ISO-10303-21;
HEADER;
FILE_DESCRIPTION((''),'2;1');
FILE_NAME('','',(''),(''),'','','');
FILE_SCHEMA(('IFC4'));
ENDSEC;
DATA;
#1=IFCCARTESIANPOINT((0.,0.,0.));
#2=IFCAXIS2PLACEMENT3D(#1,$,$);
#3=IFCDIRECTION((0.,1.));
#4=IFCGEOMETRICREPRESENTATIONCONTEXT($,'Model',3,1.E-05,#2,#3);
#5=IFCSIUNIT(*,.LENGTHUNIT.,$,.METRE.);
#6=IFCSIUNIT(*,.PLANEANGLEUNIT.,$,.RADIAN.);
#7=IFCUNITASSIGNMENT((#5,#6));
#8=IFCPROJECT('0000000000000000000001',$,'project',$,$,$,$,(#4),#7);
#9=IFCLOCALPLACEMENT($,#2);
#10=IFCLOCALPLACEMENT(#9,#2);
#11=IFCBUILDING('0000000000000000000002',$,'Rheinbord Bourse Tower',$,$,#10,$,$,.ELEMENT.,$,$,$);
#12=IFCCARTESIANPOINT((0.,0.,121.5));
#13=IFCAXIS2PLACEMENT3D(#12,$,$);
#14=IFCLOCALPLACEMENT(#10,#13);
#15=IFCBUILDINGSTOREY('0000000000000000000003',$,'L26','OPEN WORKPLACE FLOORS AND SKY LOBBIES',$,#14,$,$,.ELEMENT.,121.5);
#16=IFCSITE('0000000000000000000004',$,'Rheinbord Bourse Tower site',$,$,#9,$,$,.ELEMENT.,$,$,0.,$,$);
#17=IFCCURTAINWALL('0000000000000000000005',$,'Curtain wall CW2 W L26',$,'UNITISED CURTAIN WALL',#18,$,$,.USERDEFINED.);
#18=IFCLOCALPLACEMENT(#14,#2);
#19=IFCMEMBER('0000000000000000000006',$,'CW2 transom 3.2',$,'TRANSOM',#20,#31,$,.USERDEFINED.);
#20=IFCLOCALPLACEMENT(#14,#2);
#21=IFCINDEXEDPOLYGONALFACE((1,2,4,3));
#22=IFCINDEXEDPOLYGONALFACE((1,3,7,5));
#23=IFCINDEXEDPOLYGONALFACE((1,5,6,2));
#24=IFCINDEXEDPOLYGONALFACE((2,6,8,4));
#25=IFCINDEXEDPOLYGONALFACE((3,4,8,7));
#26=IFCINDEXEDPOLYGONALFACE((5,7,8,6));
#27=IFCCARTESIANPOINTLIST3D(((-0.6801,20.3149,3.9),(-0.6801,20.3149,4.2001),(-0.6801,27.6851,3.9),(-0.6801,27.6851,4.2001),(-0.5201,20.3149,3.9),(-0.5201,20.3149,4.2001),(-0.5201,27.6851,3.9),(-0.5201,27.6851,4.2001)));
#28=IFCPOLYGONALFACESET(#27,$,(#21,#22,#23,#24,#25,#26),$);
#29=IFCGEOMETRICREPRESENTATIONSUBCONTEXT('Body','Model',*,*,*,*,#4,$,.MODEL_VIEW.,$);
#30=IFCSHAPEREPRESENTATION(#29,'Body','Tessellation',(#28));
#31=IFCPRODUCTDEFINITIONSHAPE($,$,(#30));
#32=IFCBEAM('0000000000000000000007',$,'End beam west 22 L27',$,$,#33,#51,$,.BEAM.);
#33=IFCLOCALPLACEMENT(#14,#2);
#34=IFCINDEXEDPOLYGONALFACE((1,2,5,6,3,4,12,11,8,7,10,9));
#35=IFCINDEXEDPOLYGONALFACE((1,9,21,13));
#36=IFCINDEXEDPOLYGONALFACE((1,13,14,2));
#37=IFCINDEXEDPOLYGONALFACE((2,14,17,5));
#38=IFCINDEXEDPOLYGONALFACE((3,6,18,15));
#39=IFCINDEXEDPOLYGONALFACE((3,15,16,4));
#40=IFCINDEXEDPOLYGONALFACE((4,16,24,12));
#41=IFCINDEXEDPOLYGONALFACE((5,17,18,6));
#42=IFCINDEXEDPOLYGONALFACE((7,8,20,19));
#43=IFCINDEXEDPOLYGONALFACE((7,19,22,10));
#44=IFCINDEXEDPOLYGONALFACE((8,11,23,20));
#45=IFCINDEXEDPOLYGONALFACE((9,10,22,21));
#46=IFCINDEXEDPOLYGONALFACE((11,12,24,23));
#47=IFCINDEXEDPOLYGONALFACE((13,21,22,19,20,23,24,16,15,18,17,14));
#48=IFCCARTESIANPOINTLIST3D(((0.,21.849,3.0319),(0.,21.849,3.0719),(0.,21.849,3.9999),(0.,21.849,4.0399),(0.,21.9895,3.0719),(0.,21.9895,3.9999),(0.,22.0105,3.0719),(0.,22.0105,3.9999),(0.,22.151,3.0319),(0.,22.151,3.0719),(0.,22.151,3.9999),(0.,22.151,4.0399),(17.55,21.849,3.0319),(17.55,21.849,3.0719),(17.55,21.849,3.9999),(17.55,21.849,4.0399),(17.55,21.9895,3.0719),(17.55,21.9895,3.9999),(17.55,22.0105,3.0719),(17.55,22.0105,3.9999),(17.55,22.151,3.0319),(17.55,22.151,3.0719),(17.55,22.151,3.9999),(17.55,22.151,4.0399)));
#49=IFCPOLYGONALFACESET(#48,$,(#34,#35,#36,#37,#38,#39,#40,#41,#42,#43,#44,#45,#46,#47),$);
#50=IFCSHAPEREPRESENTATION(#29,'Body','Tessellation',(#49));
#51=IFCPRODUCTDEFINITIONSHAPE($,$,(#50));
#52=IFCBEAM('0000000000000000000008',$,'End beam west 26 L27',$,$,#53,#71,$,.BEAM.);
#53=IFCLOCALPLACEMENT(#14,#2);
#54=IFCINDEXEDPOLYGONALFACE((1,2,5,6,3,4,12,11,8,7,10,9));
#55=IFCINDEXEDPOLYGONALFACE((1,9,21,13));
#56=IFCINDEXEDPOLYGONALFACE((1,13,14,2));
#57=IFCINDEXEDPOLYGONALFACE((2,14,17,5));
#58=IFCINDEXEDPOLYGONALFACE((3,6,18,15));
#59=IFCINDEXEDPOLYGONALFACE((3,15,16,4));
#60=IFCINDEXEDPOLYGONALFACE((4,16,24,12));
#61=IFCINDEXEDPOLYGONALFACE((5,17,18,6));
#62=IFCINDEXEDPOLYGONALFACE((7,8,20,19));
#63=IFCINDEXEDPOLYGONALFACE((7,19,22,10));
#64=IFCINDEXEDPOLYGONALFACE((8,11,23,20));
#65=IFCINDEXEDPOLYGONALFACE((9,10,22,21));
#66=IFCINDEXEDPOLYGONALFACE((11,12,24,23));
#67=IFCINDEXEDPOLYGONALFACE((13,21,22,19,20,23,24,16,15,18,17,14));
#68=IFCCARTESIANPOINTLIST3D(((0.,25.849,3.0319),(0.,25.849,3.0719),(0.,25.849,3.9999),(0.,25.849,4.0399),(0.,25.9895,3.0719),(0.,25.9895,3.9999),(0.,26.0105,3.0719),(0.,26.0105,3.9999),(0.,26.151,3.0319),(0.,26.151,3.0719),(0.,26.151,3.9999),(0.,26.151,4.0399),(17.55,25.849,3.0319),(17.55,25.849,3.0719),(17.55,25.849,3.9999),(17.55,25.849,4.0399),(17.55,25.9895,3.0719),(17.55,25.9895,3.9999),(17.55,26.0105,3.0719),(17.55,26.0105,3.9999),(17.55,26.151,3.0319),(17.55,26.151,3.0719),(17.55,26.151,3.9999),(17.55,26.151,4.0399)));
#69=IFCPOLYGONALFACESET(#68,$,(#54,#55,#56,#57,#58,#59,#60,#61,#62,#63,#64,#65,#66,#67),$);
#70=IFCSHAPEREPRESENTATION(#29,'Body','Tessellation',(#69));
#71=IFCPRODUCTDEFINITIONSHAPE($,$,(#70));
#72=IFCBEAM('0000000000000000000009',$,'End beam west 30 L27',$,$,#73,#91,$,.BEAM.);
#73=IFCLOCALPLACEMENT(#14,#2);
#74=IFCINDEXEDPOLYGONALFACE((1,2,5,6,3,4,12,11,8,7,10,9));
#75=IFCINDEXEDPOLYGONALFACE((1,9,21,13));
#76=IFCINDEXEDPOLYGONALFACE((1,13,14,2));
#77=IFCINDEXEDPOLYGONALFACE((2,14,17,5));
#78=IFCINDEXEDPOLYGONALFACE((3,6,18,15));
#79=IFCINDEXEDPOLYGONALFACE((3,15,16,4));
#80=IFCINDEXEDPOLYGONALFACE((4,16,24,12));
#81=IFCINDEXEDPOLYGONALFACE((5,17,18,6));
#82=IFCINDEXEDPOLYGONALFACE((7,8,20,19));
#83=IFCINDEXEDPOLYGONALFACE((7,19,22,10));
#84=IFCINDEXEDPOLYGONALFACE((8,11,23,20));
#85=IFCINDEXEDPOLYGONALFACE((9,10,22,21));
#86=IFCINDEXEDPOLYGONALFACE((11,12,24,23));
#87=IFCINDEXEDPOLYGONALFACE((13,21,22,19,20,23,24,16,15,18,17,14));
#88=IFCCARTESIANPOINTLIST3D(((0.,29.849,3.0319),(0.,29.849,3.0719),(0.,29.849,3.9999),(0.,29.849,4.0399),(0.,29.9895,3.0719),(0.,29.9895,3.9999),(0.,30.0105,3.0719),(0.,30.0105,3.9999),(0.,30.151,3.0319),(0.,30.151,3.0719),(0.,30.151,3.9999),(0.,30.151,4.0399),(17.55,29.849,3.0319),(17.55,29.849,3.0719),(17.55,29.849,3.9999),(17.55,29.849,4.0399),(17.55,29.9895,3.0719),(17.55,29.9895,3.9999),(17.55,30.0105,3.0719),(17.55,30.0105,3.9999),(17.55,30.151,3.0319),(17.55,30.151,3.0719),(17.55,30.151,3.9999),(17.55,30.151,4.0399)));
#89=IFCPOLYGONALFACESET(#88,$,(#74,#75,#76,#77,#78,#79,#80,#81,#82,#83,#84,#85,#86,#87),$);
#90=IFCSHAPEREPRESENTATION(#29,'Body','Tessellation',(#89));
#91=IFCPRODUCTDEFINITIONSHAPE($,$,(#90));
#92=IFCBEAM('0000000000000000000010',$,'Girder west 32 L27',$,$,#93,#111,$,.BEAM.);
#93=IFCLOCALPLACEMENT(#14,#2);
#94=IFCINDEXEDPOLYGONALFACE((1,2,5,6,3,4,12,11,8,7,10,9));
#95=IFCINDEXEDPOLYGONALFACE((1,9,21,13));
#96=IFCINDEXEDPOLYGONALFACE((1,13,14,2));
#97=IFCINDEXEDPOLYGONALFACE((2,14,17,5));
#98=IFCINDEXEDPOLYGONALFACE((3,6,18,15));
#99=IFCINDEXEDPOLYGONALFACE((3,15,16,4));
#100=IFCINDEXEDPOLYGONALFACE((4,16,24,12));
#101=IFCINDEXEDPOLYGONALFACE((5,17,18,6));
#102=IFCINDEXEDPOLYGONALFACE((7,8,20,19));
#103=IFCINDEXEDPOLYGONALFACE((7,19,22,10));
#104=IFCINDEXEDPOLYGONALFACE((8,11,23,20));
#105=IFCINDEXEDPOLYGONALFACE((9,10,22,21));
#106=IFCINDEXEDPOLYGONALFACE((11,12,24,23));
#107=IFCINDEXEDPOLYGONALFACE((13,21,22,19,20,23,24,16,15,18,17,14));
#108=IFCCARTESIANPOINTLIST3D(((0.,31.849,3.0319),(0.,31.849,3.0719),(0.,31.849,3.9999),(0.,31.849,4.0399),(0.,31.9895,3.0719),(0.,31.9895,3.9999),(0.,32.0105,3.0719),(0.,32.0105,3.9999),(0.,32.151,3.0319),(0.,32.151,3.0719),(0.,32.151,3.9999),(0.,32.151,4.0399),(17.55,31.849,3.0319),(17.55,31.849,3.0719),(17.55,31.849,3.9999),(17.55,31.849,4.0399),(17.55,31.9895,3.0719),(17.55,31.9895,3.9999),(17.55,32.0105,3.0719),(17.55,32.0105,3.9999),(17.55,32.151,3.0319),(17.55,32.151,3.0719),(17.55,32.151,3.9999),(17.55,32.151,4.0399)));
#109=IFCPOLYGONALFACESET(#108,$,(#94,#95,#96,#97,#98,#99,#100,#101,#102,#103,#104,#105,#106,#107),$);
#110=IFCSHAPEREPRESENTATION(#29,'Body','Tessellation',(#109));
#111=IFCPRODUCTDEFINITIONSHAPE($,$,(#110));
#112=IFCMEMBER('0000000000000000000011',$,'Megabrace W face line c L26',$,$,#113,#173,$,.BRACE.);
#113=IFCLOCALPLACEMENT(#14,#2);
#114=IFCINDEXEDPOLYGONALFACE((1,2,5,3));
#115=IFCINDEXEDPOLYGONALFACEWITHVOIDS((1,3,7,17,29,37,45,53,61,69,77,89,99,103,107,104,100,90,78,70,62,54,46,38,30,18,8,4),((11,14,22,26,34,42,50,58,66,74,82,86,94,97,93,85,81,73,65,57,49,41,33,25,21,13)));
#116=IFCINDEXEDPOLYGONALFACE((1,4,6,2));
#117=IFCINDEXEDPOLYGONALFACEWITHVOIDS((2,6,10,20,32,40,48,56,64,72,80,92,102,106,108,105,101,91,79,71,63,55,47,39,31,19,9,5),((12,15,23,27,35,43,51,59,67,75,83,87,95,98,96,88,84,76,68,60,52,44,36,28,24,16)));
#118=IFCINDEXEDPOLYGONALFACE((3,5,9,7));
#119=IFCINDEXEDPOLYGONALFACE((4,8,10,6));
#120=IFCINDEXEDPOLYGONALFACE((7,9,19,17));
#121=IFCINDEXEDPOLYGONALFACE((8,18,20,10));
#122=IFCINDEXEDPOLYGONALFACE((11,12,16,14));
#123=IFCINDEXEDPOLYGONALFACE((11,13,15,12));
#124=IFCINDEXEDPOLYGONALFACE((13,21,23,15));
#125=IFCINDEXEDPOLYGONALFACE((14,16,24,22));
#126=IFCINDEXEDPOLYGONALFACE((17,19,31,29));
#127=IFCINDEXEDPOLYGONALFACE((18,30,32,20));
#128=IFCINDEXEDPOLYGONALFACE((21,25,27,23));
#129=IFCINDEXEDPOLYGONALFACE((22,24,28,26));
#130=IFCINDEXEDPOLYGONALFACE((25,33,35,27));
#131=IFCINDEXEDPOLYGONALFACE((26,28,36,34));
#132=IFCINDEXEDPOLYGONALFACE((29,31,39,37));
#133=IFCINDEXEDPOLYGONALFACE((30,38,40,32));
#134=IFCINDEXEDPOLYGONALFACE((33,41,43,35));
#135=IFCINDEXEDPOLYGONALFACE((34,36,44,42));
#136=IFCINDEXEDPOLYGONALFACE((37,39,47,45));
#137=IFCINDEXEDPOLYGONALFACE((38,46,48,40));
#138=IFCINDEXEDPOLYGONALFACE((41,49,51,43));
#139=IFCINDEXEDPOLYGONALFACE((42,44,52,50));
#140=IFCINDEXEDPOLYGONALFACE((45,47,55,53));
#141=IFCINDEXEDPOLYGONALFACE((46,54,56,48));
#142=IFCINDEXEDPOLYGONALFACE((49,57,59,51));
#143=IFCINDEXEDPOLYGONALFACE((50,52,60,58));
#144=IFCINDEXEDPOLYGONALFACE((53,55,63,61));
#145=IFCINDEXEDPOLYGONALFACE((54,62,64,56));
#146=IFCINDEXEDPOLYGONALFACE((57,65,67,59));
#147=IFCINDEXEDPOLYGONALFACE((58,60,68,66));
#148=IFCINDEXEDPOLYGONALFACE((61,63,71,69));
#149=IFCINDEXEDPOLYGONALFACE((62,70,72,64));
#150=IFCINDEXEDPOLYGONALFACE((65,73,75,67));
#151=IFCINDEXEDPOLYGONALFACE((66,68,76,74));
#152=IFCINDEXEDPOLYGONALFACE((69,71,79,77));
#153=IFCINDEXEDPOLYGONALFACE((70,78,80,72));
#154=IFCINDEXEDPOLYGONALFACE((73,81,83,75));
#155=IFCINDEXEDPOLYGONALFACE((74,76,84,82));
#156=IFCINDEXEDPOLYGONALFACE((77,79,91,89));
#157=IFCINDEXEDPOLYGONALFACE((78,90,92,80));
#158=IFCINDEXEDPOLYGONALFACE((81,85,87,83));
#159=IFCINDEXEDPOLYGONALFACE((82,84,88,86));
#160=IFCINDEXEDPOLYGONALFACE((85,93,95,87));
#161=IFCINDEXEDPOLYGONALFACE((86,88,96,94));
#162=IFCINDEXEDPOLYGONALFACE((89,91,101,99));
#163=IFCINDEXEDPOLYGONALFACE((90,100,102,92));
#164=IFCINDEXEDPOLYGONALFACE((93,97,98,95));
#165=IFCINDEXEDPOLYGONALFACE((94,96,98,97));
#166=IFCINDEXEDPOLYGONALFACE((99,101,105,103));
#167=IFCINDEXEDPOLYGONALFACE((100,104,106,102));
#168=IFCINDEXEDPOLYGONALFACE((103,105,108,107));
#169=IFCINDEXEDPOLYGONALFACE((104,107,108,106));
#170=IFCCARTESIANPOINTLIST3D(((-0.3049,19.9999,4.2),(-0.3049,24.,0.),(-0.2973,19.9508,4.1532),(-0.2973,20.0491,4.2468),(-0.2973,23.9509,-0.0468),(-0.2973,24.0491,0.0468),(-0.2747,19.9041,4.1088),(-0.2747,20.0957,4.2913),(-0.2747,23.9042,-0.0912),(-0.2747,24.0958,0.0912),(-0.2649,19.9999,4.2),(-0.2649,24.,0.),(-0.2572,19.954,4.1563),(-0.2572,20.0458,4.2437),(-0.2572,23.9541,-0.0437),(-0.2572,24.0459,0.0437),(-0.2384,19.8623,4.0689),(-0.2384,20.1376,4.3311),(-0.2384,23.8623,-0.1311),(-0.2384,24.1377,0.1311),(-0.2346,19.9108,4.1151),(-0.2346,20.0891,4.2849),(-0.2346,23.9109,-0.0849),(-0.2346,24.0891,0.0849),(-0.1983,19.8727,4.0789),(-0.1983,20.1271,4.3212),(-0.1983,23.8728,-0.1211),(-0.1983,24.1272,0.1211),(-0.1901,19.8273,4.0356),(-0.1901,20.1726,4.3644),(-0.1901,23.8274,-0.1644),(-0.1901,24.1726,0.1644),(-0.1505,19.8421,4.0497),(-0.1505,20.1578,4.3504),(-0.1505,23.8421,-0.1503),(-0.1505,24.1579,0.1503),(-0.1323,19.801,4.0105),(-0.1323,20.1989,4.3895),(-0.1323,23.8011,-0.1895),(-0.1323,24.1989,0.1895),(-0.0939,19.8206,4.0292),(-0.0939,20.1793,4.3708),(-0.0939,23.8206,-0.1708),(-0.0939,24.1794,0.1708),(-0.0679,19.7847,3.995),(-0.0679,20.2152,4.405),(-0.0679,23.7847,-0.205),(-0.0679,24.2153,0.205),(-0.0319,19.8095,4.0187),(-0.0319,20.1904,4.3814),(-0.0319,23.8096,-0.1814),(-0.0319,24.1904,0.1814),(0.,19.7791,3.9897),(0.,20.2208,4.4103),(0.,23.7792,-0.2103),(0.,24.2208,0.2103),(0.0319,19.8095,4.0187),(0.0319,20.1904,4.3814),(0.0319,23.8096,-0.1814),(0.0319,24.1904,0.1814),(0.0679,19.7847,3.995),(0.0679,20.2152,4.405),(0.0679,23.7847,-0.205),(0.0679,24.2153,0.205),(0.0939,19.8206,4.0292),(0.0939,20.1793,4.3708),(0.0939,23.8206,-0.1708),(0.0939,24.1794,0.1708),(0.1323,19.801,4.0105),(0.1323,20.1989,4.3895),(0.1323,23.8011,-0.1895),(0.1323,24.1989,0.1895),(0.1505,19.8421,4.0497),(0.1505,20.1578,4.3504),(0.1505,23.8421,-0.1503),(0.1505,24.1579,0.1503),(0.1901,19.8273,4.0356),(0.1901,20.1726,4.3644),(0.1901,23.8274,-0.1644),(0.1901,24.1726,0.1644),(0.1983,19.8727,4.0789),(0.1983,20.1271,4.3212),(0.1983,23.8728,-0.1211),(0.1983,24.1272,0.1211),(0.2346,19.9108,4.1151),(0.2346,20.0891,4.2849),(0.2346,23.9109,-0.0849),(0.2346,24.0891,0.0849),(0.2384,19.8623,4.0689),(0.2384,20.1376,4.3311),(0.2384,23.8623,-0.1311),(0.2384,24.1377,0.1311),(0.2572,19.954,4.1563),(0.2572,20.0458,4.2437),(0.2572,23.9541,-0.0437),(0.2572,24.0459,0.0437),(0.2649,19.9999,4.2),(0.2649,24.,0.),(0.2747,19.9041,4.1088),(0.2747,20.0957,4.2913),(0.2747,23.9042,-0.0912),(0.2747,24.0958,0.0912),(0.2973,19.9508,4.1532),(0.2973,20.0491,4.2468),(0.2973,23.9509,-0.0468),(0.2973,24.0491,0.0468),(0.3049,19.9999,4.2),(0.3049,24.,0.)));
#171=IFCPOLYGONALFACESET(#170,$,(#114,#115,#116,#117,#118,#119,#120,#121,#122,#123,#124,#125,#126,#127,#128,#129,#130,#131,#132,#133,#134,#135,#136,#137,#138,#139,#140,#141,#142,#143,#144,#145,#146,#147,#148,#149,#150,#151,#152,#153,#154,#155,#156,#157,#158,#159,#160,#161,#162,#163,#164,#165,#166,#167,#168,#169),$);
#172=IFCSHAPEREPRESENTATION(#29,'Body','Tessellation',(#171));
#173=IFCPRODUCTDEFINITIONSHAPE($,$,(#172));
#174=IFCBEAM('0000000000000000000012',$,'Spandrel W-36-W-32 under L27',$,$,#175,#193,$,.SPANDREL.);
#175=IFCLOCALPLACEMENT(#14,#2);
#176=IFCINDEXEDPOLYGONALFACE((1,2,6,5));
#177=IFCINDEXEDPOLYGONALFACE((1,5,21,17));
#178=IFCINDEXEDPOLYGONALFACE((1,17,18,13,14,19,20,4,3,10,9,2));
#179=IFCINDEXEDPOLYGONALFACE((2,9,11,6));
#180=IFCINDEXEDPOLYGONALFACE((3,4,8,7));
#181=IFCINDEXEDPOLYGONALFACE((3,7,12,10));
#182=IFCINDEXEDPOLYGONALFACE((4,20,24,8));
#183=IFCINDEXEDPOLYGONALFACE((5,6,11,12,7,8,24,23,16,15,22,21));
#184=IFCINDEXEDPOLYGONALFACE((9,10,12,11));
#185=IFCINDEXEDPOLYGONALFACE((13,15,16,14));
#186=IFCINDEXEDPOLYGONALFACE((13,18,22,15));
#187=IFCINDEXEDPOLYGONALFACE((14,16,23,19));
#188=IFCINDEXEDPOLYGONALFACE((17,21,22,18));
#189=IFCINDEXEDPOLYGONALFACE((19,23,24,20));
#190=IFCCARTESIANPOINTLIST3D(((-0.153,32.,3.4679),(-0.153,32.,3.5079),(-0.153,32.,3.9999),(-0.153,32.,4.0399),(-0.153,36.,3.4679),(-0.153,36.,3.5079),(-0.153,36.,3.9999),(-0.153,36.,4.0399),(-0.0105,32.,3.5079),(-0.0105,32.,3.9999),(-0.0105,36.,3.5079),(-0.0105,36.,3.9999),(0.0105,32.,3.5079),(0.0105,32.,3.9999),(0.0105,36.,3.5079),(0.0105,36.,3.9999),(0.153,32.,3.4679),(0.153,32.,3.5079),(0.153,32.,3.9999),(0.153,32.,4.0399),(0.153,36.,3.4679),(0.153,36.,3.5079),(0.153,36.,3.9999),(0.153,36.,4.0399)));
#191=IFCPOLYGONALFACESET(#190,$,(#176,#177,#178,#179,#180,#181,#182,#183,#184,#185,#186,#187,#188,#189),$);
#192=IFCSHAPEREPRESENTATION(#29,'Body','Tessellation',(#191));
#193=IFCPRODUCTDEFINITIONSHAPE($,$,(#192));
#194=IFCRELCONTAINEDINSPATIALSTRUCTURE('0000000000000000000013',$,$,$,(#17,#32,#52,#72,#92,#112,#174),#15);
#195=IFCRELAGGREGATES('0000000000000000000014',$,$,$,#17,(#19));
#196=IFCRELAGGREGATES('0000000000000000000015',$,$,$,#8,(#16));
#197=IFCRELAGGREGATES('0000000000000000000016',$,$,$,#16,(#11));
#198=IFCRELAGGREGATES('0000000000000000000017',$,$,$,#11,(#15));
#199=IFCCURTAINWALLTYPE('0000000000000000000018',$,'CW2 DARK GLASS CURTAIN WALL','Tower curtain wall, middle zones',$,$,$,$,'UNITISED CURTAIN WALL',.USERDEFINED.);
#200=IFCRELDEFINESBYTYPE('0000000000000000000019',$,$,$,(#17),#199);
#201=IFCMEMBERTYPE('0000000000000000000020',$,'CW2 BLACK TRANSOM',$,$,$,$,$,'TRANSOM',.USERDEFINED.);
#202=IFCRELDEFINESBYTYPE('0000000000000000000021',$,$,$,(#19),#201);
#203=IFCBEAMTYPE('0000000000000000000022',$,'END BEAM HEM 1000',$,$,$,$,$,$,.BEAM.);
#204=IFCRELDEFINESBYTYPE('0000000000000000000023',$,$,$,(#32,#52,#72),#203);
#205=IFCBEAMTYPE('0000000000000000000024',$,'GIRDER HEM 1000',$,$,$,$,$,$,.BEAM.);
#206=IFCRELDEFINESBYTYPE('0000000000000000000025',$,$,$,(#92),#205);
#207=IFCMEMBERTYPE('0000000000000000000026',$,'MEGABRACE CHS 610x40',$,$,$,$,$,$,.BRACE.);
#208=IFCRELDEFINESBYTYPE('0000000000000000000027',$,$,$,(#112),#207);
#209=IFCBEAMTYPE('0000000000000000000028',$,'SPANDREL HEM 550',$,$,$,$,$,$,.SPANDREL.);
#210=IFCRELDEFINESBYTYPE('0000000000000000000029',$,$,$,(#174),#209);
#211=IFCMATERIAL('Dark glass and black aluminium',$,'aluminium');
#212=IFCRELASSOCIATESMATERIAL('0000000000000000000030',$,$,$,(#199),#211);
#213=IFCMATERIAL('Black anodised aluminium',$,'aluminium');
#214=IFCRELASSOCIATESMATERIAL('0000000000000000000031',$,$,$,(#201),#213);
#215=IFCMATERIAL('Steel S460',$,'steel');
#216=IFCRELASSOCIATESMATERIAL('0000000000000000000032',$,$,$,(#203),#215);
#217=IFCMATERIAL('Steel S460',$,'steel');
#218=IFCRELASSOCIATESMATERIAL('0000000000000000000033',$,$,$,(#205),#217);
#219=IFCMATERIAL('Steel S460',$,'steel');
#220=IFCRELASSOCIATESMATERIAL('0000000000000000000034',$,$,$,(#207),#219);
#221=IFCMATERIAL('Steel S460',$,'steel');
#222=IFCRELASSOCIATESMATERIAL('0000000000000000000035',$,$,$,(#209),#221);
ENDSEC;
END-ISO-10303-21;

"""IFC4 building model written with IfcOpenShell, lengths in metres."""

from ifc_helpers import new_model, si_unit, direction, frame, origin, origin_2d, place, context, subcontext, project, spatial, rectangle, hollow_circle, i_section, extrude, material, material_profile, profile_set, type_object, element, aggregate, save


model = new_model("IFC4")

# Units and contexts
model_context = context("Model", 3, precision=1e-05, world=origin(), true_north=direction((0.0, 1.0)))
body_context = subcontext(model_context, "Body", "Model", "MODEL_VIEW")
ifc_project = project(units=[si_unit("LENGTHUNIT", "METRE"), si_unit("PLANEANGLEUNIT", "RADIAN")], contexts=[model_context])

# Site, building, storey
site_placement = place(None, origin())
site = spatial("IfcSite", under=ifc_project, at=site_placement, Name="Rheinbord Bourse Tower site", CompositionType="ELEMENT", RefElevation=0.0)
building_placement = place(site_placement, origin())
building = spatial("IfcBuilding", under=site, at=building_placement, Name="Rheinbord Bourse Tower", CompositionType="ELEMENT")
storey_placement = place(building_placement, frame((0.0, 0.0, 121.5)))
storey = spatial("IfcBuildingStorey", under=building, at=storey_placement, Name="L26", Description="OPEN WORKPLACE FLOORS AND SKY LOBBIES", CompositionType="ELEMENT", Elevation=121.5)

# Curtain wall, member
ifc_material_1 = material(Name="Dark glass and black aluminium", Category="aluminium")
curtain_wall_type = type_object("IfcCurtainWallType", Name="CW2 DARK GLASS CURTAIN WALL", Description="Tower curtain wall, middle zones", ElementType="UNITISED CURTAIN WALL", PredefinedType="USERDEFINED", material=ifc_material_1)
curtain_wall_placement = place(storey_placement, origin())
curtain_wall = element("IfcCurtainWall", 1, at=curtain_wall_placement, inside=storey, type_object=curtain_wall_type, Name="Curtain wall CW2 W L26", ObjectType="UNITISED CURTAIN WALL", PredefinedType="USERDEFINED")
ifc_material_2 = material(Name="Black anodised aluminium", Category="aluminium")
ifc_material_profile_1 = material_profile(ifc_material_2, rectangle(XDim=0.1599, YDim=0.3, at=origin_2d()), Name="CW2 TRANSOM 300x160")
ifc_profile_set_1 = profile_set([ifc_material_profile_1], Name="Black anodised aluminium")
member_type_1 = type_object("IfcMemberType", Name="CW2 BLACK TRANSOM", ElementType="TRANSOM", PredefinedType="USERDEFINED", material=ifc_profile_set_1)
member_1_placement = place(storey_placement, frame((-0.6001, 27.6851, 4.05), z_axis=(0.0, -1.0, 0.0), x_axis=(1.0, 0.0, 0.0)))
member_1 = element("IfcMember", 2, at=member_1_placement, type_object=member_type_1, Name="CW2 transom 3.2", ObjectType="TRANSOM", PredefinedType="USERDEFINED", context=body_context, shape_type="SweptSolid", body=[
    extrude(rectangle(XDim=0.1599, YDim=0.3, at=origin_2d()), origin(), (0.0, 0.0, 1.0), 7.3701),
])

# Beams
ifc_material_3 = material(Name="Steel S460", Category="steel")
ifc_material_profile_2 = material_profile(ifc_material_3, i_section(OverallWidth=0.302, OverallDepth=1.0081, WebThickness=0.021, FlangeThickness=0.04, at=origin_2d()), Name="HEM 1000")
ifc_profile_set_2 = profile_set([ifc_material_profile_2], Name="Steel S460")
beam_type_1 = type_object("IfcBeamType", Name="END BEAM HEM 1000", PredefinedType="BEAM", material=ifc_profile_set_2)
for number, where, z_axis, x_axis, name in (
    (3, (0.0, 22.0, 3.5359), (1.0, 0.0, 0.0), (0.0, 1.0, 0.0), "End beam west 22 L27"),
    (4, (0.0, 26.0, 3.5359), (1.0, 0.0, 0.0), (0.0, 1.0, 0.0), "End beam west 26 L27"),
    (5, (0.0, 30.0, 3.5359), (1.0, 0.0, 0.0), (0.0, 1.0, 0.0), "End beam west 30 L27"),
):
    element("IfcBeam", number, at=place(storey_placement, frame(where, z_axis=z_axis, x_axis=x_axis)), inside=storey, type_object=beam_type_1, Name=name, PredefinedType="BEAM", context=body_context, shape_type="SweptSolid", body=[
        extrude(i_section(OverallWidth=0.302, OverallDepth=1.0081, WebThickness=0.021, FlangeThickness=0.04, at=origin_2d()), origin(), (0.0, 0.0, 1.0), 17.55),
    ])
ifc_material_4 = material(Name="Steel S460", Category="steel")
ifc_material_profile_3 = material_profile(ifc_material_4, i_section(OverallWidth=0.302, OverallDepth=1.0081, WebThickness=0.021, FlangeThickness=0.04, at=origin_2d()), Name="HEM 1000")
ifc_profile_set_3 = profile_set([ifc_material_profile_3], Name="Steel S460")
beam_type_2 = type_object("IfcBeamType", Name="GIRDER HEM 1000", PredefinedType="BEAM", material=ifc_profile_set_3)
beam_placement = place(storey_placement, frame((0.0, 32.0, 3.5359), z_axis=(1.0, 0.0, 0.0), x_axis=(0.0, 1.0, 0.0)))
element("IfcBeam", 6, at=beam_placement, inside=storey, type_object=beam_type_2, Name="Girder west 32 L27", PredefinedType="BEAM", context=body_context, shape_type="SweptSolid", body=[
    extrude(i_section(OverallWidth=0.302, OverallDepth=1.0081, WebThickness=0.021, FlangeThickness=0.04, at=origin_2d()), origin(), (0.0, 0.0, 1.0), 17.55),
])

# Member
ifc_material_5 = material(Name="Steel S460", Category="steel")
ifc_material_profile_4 = material_profile(ifc_material_5, hollow_circle(Radius=0.3049, WallThickness=0.04, at=origin_2d()), Name="CHS 610x40")
ifc_profile_set_4 = profile_set([ifc_material_profile_4], Name="Steel S460")
member_type_2 = type_object("IfcMemberType", Name="MEGABRACE CHS 610x40", PredefinedType="BRACE", material=ifc_profile_set_4)
member_2_placement = place(storey_placement, frame((0.0, 24.0, 0.0), z_axis=(0.0, -0.689659, 0.724134), x_axis=(1.0, 0.0, 0.0)))
element("IfcMember", 7, at=member_2_placement, inside=storey, type_object=member_type_2, Name="Megabrace W face line c L26", PredefinedType="BRACE", context=body_context, shape_type="SweptSolid", body=[
    extrude(hollow_circle(Radius=0.3049, WallThickness=0.04, at=origin_2d()), origin(), (0.0, 0.0, 1.0), 5.8),
])

# Beam
ifc_material_6 = material(Name="Steel S460", Category="steel")
ifc_material_profile_5 = material_profile(ifc_material_6, i_section(OverallWidth=0.3059, OverallDepth=0.572, WebThickness=0.021, FlangeThickness=0.04, at=origin_2d()), Name="HEM 550")
ifc_profile_set_5 = profile_set([ifc_material_profile_5], Name="Steel S460")
beam_type_3 = type_object("IfcBeamType", Name="SPANDREL HEM 550", PredefinedType="SPANDREL", material=ifc_profile_set_5)
for number, where, z_axis, x_axis, name in (
    (8, (0.0, 36.0, 3.7539), (0.0, -1.0, 0.0), (1.0, 0.0, 0.0), "Spandrel W-36-W-32 under L27"),
):
    element("IfcBeam", number, at=place(storey_placement, frame(where, z_axis=z_axis, x_axis=x_axis)), inside=storey, type_object=beam_type_3, Name=name, PredefinedType="SPANDREL", context=body_context, shape_type="SweptSolid", body=[
        extrude(i_section(OverallWidth=0.3059, OverallDepth=0.572, WebThickness=0.021, FlangeThickness=0.04, at=origin_2d()), origin(), (0.0, 0.0, 1.0), 4.0),
    ])

aggregate(curtain_wall, [member_1])

save(model, "model.ifc")
